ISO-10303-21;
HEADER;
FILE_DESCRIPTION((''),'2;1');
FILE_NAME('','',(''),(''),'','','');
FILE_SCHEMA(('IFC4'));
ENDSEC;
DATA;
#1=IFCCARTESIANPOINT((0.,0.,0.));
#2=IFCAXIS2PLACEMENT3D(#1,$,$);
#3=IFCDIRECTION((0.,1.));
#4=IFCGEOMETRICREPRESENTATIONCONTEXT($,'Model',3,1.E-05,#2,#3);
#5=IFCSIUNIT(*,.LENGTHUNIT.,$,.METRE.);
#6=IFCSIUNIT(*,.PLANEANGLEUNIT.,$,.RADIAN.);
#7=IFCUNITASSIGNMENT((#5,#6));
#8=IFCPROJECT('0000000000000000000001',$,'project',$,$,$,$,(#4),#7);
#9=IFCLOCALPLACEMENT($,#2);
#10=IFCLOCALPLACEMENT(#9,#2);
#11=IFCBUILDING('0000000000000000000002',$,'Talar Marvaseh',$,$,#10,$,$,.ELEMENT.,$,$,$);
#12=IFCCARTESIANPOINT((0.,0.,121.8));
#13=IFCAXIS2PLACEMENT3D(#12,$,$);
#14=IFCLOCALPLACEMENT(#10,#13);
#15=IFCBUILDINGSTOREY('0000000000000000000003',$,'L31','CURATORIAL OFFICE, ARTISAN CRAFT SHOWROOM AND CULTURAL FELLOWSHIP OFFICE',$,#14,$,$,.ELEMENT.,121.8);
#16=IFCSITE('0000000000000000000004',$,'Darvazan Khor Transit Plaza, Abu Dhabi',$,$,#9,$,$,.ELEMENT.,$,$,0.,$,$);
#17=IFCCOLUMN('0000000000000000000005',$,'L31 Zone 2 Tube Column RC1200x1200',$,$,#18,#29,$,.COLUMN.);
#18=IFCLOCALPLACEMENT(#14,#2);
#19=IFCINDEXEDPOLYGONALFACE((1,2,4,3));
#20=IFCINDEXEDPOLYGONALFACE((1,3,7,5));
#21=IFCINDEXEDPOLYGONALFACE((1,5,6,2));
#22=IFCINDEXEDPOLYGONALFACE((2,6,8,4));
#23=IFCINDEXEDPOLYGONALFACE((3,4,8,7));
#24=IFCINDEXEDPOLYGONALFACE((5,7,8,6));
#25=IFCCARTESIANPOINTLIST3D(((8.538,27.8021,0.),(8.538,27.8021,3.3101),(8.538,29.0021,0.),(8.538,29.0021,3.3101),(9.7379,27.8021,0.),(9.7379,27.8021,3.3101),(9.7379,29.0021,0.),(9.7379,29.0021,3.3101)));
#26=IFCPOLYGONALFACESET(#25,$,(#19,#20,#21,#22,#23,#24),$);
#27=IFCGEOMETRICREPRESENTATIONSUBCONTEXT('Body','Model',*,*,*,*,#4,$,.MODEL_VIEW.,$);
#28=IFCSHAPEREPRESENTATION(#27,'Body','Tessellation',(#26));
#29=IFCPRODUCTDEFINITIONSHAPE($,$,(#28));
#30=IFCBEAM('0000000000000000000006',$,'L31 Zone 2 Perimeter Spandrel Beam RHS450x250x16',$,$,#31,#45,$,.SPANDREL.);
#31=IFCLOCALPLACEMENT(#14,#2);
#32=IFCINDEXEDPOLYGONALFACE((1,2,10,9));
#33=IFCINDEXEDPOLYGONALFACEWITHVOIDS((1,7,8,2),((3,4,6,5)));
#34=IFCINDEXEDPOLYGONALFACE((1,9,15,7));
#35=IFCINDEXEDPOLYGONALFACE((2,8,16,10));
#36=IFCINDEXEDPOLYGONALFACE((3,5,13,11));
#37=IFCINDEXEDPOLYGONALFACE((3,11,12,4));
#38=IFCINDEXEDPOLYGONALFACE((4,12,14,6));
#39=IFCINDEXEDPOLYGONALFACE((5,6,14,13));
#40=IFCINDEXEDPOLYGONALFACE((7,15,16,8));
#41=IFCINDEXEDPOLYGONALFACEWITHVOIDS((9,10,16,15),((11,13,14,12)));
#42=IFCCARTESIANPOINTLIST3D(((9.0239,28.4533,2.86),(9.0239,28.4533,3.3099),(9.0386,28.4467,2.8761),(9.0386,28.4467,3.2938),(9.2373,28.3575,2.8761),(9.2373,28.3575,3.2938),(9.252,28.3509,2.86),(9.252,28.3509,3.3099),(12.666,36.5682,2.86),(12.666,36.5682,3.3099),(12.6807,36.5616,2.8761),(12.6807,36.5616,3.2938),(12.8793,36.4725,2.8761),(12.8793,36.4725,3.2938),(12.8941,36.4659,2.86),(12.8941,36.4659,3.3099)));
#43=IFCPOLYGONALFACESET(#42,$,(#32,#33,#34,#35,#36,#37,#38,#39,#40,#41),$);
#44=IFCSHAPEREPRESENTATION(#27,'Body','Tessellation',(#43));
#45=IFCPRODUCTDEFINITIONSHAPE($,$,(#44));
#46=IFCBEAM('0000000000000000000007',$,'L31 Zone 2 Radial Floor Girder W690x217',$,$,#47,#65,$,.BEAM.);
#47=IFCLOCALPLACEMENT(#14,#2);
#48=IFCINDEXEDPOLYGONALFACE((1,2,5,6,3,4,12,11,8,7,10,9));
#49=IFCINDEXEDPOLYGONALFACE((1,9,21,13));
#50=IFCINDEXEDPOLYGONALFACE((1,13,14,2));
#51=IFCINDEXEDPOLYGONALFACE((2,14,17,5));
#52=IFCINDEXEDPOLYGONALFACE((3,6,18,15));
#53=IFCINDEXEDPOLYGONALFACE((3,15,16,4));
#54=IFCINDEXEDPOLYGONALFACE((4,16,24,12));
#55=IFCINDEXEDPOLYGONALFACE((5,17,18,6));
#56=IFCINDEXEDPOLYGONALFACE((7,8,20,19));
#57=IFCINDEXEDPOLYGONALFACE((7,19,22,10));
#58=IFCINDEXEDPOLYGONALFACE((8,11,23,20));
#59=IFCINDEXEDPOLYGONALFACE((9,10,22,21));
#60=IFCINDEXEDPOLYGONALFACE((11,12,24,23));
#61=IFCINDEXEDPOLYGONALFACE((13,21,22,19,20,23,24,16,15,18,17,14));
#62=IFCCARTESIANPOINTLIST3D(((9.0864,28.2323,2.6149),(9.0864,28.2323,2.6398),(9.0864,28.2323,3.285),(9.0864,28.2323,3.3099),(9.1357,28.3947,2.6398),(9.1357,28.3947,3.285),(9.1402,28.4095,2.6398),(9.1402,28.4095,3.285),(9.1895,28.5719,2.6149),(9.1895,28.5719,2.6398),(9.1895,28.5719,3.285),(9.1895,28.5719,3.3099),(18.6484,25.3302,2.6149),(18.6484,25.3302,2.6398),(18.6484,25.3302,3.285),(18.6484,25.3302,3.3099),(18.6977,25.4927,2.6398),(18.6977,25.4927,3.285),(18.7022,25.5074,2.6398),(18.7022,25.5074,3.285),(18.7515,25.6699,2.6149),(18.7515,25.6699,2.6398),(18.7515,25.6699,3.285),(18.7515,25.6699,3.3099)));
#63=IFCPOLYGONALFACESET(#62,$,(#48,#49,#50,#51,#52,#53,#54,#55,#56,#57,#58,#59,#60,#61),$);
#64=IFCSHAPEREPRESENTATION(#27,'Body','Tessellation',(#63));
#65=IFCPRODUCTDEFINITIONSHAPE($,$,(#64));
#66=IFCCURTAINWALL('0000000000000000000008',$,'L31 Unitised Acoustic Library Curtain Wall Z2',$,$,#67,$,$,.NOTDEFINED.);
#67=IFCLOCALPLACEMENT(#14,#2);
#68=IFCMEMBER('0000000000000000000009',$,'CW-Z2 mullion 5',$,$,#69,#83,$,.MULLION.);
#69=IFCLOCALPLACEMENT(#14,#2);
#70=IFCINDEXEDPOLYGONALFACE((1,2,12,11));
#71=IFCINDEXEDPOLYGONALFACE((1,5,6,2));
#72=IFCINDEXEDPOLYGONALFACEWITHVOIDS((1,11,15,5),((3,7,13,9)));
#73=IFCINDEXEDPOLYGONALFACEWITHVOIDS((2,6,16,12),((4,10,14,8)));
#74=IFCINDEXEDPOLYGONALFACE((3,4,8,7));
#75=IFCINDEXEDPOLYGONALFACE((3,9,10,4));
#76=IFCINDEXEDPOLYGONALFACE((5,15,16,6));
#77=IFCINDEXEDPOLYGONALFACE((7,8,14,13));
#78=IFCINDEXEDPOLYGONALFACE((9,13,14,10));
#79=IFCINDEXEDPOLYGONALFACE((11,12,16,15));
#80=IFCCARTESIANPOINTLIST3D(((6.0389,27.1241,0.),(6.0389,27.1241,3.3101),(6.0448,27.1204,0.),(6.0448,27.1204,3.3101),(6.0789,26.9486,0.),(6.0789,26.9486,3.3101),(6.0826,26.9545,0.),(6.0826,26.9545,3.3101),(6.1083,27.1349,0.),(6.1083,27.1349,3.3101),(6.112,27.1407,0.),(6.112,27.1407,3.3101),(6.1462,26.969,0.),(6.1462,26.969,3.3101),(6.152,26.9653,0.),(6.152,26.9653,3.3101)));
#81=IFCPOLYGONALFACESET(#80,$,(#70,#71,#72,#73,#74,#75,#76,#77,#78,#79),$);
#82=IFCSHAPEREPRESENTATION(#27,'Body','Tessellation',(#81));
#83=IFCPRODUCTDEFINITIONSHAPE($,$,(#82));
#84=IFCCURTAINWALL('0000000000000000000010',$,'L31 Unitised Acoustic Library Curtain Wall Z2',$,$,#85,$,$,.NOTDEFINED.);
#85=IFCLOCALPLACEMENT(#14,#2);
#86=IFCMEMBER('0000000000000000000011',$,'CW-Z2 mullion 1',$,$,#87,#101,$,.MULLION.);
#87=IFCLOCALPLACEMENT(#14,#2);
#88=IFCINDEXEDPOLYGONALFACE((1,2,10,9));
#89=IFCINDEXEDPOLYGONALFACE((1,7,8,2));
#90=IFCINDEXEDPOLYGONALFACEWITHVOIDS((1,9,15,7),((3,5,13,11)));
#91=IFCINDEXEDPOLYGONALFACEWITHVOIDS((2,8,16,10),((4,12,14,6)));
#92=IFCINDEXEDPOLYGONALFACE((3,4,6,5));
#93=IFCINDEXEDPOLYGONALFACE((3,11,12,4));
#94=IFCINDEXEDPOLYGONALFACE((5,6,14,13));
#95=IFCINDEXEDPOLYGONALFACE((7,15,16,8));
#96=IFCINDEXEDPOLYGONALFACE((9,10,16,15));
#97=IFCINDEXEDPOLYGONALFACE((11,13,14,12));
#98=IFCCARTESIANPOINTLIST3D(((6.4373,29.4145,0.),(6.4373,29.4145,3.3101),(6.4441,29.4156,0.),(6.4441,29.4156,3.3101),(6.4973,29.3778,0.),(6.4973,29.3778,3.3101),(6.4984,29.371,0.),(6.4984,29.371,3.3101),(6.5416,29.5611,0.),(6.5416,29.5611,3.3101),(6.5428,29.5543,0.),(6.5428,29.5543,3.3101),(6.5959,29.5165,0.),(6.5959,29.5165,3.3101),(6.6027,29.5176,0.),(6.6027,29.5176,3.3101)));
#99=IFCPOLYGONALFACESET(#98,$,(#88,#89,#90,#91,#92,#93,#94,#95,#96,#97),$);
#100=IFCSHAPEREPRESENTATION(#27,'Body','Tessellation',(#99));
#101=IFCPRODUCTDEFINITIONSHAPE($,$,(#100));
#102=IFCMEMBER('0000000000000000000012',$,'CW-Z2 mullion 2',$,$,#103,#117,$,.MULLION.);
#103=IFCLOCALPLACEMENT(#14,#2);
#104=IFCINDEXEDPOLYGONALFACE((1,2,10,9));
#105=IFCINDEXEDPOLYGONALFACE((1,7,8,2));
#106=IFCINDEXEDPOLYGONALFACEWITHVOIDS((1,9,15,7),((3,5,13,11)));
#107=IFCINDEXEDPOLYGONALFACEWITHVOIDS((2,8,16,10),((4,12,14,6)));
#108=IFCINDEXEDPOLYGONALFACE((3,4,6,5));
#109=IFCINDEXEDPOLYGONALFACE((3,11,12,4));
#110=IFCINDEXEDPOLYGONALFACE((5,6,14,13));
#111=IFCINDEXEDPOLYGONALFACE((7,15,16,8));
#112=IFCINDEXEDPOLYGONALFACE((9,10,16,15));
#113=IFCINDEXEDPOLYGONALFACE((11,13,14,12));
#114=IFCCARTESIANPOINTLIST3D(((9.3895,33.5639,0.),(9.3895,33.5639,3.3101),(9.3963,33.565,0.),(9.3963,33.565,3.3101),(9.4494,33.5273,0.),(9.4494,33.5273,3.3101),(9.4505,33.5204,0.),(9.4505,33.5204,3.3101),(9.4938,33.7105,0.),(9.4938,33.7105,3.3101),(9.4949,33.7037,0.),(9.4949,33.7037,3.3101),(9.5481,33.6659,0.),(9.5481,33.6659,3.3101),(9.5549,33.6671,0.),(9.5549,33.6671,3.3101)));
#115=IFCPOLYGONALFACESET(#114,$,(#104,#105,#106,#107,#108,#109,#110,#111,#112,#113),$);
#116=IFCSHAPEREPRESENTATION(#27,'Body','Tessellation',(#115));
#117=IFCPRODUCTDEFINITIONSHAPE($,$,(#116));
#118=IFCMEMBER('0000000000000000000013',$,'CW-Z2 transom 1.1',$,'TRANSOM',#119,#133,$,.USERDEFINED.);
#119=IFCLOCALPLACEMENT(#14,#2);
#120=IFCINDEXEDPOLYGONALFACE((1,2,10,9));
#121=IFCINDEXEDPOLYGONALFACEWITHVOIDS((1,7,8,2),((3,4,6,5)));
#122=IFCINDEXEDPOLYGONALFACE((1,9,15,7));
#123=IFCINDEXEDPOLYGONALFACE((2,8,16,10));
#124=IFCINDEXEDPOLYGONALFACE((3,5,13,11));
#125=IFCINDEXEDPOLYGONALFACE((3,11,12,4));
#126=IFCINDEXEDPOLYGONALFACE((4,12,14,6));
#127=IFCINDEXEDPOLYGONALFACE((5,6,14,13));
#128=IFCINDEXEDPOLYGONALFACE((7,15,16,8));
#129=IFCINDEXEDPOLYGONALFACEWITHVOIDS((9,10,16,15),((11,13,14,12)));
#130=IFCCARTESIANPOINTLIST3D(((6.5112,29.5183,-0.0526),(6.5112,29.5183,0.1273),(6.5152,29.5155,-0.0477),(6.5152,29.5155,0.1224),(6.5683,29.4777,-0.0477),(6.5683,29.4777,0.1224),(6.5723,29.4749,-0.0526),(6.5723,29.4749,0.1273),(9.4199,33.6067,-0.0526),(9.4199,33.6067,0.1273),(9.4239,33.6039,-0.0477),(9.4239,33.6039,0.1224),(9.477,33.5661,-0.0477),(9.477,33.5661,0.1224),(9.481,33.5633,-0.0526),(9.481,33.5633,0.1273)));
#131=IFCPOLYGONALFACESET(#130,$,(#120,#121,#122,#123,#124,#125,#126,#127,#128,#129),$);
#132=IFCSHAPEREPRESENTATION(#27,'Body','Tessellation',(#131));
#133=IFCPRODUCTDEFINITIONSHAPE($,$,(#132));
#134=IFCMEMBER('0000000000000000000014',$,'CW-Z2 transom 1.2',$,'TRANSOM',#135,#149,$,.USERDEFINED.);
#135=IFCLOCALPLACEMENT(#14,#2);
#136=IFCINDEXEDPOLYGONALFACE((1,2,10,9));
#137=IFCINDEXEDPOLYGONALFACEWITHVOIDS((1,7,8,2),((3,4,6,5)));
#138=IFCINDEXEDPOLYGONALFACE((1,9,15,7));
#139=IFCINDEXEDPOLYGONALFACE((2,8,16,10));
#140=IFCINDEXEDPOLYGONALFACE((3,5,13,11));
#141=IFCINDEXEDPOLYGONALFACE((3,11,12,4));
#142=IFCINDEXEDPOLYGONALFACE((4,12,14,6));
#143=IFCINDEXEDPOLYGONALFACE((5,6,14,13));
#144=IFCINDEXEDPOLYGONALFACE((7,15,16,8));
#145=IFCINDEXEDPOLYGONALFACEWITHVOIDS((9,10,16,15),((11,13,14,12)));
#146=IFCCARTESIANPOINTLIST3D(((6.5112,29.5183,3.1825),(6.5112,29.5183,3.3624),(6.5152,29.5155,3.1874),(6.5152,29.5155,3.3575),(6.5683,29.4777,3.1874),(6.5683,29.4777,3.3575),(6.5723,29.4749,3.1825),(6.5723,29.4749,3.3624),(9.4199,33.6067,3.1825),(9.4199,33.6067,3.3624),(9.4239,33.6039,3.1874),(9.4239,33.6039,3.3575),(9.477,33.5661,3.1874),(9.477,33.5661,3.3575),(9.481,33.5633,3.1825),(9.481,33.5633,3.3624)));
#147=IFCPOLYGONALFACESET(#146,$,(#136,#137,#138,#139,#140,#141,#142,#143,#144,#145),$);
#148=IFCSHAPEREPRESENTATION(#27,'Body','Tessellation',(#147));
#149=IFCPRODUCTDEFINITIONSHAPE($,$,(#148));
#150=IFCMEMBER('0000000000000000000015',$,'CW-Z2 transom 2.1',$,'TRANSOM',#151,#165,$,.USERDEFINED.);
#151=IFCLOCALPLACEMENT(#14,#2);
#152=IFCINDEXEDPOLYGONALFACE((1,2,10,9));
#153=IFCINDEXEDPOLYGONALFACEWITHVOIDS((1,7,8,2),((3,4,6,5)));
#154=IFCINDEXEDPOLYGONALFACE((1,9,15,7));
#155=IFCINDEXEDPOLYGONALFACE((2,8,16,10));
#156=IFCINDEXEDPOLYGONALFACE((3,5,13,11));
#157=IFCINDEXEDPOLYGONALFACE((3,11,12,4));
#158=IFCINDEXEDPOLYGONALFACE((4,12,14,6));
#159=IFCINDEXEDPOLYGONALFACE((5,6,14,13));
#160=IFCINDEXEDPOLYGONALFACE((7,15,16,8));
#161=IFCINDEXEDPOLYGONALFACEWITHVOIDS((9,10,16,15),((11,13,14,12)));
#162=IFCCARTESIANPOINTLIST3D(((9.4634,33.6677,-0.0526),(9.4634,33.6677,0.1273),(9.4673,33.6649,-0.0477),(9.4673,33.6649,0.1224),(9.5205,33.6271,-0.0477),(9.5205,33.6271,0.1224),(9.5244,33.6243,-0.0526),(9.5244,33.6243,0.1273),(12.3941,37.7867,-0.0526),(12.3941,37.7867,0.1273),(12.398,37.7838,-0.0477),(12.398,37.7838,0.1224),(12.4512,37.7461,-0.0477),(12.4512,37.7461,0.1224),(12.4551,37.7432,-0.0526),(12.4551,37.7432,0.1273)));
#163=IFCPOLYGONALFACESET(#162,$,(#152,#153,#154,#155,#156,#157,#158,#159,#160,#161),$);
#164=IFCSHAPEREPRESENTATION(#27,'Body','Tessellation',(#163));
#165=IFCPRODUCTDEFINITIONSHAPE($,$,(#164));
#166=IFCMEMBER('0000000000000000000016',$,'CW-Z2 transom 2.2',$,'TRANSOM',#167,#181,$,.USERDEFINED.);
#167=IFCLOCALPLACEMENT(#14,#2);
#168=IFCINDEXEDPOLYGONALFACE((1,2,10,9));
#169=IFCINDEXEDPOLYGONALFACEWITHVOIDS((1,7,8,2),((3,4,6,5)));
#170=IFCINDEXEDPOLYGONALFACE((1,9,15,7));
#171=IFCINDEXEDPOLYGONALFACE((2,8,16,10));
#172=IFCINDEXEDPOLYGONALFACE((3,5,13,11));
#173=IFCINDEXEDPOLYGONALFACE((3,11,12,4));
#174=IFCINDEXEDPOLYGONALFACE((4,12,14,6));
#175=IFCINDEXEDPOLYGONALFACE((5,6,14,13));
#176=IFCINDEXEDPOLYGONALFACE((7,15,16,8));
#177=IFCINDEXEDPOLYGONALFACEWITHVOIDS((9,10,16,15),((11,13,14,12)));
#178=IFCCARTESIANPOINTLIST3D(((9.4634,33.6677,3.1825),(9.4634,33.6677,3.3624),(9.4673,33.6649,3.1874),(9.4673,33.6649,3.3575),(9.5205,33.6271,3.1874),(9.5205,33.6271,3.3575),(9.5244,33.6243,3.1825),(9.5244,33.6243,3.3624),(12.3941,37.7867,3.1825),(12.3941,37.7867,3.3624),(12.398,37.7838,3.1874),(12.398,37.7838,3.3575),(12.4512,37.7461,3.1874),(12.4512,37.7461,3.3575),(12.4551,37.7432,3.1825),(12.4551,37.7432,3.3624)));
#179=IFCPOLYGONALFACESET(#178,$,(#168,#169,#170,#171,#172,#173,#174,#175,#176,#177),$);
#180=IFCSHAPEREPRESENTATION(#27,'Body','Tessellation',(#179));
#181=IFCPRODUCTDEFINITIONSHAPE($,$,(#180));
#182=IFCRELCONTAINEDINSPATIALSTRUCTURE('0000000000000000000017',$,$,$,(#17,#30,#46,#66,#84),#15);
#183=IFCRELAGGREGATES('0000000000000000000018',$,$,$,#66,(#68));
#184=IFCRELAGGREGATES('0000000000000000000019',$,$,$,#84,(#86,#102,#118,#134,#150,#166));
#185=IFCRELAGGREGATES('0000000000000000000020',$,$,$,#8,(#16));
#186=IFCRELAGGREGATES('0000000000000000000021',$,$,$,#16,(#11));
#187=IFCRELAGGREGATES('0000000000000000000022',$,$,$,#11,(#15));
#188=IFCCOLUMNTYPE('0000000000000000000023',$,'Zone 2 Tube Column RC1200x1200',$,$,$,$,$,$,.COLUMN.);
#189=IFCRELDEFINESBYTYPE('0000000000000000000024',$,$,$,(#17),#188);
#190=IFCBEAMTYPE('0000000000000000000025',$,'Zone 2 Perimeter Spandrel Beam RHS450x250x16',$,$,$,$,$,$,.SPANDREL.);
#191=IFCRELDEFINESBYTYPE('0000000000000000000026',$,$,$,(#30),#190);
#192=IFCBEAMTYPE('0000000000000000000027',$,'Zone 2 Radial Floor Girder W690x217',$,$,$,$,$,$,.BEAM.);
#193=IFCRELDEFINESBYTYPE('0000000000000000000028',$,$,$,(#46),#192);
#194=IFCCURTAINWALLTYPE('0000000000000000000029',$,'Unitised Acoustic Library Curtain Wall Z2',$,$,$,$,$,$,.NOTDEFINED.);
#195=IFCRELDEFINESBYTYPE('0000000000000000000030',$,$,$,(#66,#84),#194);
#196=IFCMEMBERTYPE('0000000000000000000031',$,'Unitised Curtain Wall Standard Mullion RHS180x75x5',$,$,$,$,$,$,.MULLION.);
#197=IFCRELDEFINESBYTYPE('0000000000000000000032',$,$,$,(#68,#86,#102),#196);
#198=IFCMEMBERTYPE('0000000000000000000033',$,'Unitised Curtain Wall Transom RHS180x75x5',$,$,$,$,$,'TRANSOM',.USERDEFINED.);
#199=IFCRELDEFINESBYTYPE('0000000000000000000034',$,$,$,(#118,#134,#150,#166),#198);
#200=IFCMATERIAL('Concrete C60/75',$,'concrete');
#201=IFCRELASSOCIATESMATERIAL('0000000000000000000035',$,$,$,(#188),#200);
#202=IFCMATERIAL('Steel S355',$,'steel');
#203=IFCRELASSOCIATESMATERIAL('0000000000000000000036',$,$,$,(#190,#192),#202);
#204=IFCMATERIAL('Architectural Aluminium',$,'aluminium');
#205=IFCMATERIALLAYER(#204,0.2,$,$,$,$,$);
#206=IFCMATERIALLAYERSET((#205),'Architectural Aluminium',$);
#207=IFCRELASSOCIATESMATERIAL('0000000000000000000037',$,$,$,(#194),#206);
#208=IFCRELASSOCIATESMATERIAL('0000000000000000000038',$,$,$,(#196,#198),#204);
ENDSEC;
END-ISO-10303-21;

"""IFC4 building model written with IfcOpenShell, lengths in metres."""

from ifc_helpers import new_model, si_unit, direction, frame, origin, origin_2d, place, context, subcontext, project, spatial, rectangle, hollow_rectangle, i_section, extrude, source, transform, mapped, material, layer, layer_set, material_profile, profile_set, type_object, type_shapes, element, aggregate, save


model = new_model("IFC4")

# Units and contexts
model_context = context("Model", 3, precision=1e-05, world=origin(), true_north=direction((0.0, 1.0)))
body_context = subcontext(model_context, "Body", "Model", "MODEL_VIEW")
ifc_project = project(units=[si_unit("LENGTHUNIT", "METRE"), si_unit("PLANEANGLEUNIT", "RADIAN")], contexts=[model_context])

# Site, building, storey
site_placement = place(None, origin())
site = spatial("IfcSite", under=ifc_project, at=site_placement, Name="Darvazan Khor Transit Plaza, Abu Dhabi", CompositionType="ELEMENT", RefElevation=0.0)
building_placement = place(site_placement, origin())
building = spatial("IfcBuilding", under=site, at=building_placement, Name="Talar Marvaseh", CompositionType="ELEMENT")
storey_placement = place(building_placement, frame((0.0, 0.0, 121.8)))
storey = spatial("IfcBuildingStorey", under=building, at=storey_placement, Name="L31", Description="CURATORIAL OFFICE, ARTISAN CRAFT SHOWROOM AND CULTURAL FELLOWSHIP OFFICE", CompositionType="ELEMENT", Elevation=121.8)

# Column
ifc_material_1 = material(Name="Concrete C60/75", Category="concrete")
ifc_material_profile_1 = material_profile(ifc_material_1, rectangle(XDim=1.2, YDim=1.2, at=origin_2d()), Name="RC1200x1200")
ifc_profile_set_1 = profile_set([ifc_material_profile_1], Name="Concrete C60/75")
column_type = type_object("IfcColumnType", Name="Zone 2 Tube Column RC1200x1200", PredefinedType="COLUMN", material=ifc_profile_set_1)
column_placement = place(storey_placement, frame((9.1379, 28.4021, 0.0), z_axis=(0.0, 0.0, 1.0), x_axis=(1.0, 0.0, 0.0)))
element("IfcColumn", 1, at=column_placement, inside=storey, type_object=column_type, Name="L31 Zone 2 Tube Column RC1200x1200", PredefinedType="COLUMN", context=body_context, shape_type="SweptSolid", body=[
    extrude(rectangle(XDim=1.2, YDim=1.2, at=origin_2d()), origin(), (0.0, 0.0, 1.0), 3.3101),
])

# Beams
ifc_material_2 = material(Name="Steel S355", Category="steel")
ifc_material_profile_2 = material_profile(ifc_material_2, hollow_rectangle(XDim=0.25, YDim=0.45, WallThickness=0.0161, at=origin_2d()), Name="RHS450x250x16")
ifc_profile_set_2 = profile_set([ifc_material_profile_2], Name="Steel S355")
beam_type_1 = type_object("IfcBeamType", Name="Zone 2 Perimeter Spandrel Beam RHS450x250x16", PredefinedType="SPANDREL", material=ifc_profile_set_2)
beam_1_placement = place(storey_placement, frame((9.1379, 28.4021, 3.085), z_axis=(0.409462, 0.912327, 0.0), x_axis=(-0.912327, 0.409462, 0.0)))
element("IfcBeam", 2, at=beam_1_placement, inside=storey, type_object=beam_type_1, Name="L31 Zone 2 Perimeter Spandrel Beam RHS450x250x16", PredefinedType="SPANDREL", context=body_context, shape_type="SweptSolid", body=[
    extrude(hollow_rectangle(XDim=0.25, YDim=0.45, WallThickness=0.0161, at=origin_2d()), origin(), (0.0, 0.0, 1.0), 8.8948),
])
ifc_material_profile_3 = material_profile(ifc_material_2, i_section(OverallWidth=0.355, OverallDepth=0.6951, WebThickness=0.0154, FlangeThickness=0.0249, at=origin_2d()), Name="W690x217")
ifc_profile_set_3 = profile_set([ifc_material_profile_3], Name="Steel S355")
beam_type_2 = type_object("IfcBeamType", Name="Zone 2 Radial Floor Girder W690x217", PredefinedType="BEAM", material=ifc_profile_set_3)
beam_2_placement = place(storey_placement, frame((9.1379, 28.4021, 2.9624), z_axis=(0.956899, -0.290422, 0.0), x_axis=(0.290422, 0.956899, 0.0)))
element("IfcBeam", 3, at=beam_2_placement, inside=storey, type_object=beam_type_2, Name="L31 Zone 2 Radial Floor Girder W690x217", PredefinedType="BEAM", context=body_context, shape_type="SweptSolid", body=[
    extrude(i_section(OverallWidth=0.355, OverallDepth=0.6951, WebThickness=0.0154, FlangeThickness=0.0249, at=origin_2d()), origin(), (0.0, 0.0, 1.0), 9.9927),
])

# Curtain wall, member
ifc_material_3 = material(Name="Architectural Aluminium", Category="aluminium")
ifc_layer_1 = layer(ifc_material_3, 0.2)
ifc_layer_set_1 = layer_set([ifc_layer_1], Name="Architectural Aluminium")
curtain_wall_type = type_object("IfcCurtainWallType", Name="Unitised Acoustic Library Curtain Wall Z2", PredefinedType="NOTDEFINED", material=ifc_layer_set_1)
curtain_wall_1_placement = place(storey_placement, origin())
curtain_wall_1 = element("IfcCurtainWall", 4, at=curtain_wall_1_placement, inside=storey, type_object=curtain_wall_type, Name="L31 Unitised Acoustic Library Curtain Wall Z2", PredefinedType="NOTDEFINED")
ifc_material_profile_4 = material_profile(ifc_material_3, hollow_rectangle(XDim=0.075, YDim=0.1799, WallThickness=0.0049, at=origin_2d()), Name="RHS180x75x5")
ifc_profile_set_4 = profile_set([ifc_material_profile_4], Name="Architectural Aluminium")
member_type_1 = type_object("IfcMemberType", Name="Unitised Curtain Wall Standard Mullion RHS180x75x5", PredefinedType="MULLION", material=ifc_profile_set_4)
shared_shape_1 = source(origin(), body_context, "Body", "SweptSolid", [
    extrude(hollow_rectangle(XDim=0.075, YDim=0.1799, WallThickness=0.0049, at=origin_2d()), origin(), (0.0, 0.0, 1.0), 3.3101),
])
type_shapes(member_type_1, [shared_shape_1])
member_1_placement = place(storey_placement, frame((6.0955, 27.0447, 0.0), z_axis=(0.0, 0.0, 1.0), x_axis=(-0.97497, -0.222335, 0.0)))
member_1 = element("IfcMember", 5, at=member_1_placement, type_object=member_type_1, Name="CW-Z2 mullion 5", PredefinedType="MULLION", context=body_context, shape_type="MappedRepresentation", body=[
    mapped(shared_shape_1, transform((0.0, 0.0, 0.0), x_axis=(1.0, 0.0, 0.0), y_axis=(0.0, 1.0, 0.0), z_axis=(0.0, 0.0, 1.0), scale=1.0)),
])
aggregate(curtain_wall_1, [member_1])

# Curtain wall, members
curtain_wall_2_placement = place(storey_placement, origin())
curtain_wall_2 = element("IfcCurtainWall", 6, at=curtain_wall_2_placement, inside=storey, type_object=curtain_wall_type, Name="L31 Unitised Acoustic Library Curtain Wall Z2", PredefinedType="NOTDEFINED")
member_2_placement = place(storey_placement, frame((6.52, 29.4661, 0.0), z_axis=(0.0, 0.0, 1.0), x_axis=(-0.814804, 0.579737, 0.0)))
member_2 = element("IfcMember", 7, at=member_2_placement, type_object=member_type_1, Name="CW-Z2 mullion 1", PredefinedType="MULLION", context=body_context, shape_type="MappedRepresentation", body=[
    mapped(shared_shape_1, transform((0.0, 0.0, 0.0), x_axis=(1.0, 0.0, 0.0), y_axis=(0.0, 1.0, 0.0), z_axis=(0.0, 0.0, 1.0), scale=1.0)),
])
member_3_placement = place(storey_placement, frame((9.4722, 33.6155, 0.0), z_axis=(0.0, 0.0, 1.0), x_axis=(-0.814804, 0.579737, 0.0)))
member_3 = element("IfcMember", 8, at=member_3_placement, type_object=member_type_1, Name="CW-Z2 mullion 2", PredefinedType="MULLION", context=body_context, shape_type="MappedRepresentation", body=[
    mapped(shared_shape_1, transform((0.0, 0.0, 0.0), x_axis=(1.0, 0.0, 0.0), y_axis=(0.0, 1.0, 0.0), z_axis=(0.0, 0.0, 1.0), scale=1.0)),
])
ifc_material_profile_5 = material_profile(ifc_material_3, hollow_rectangle(XDim=0.075, YDim=0.1799, WallThickness=0.0049, at=origin_2d()), Name="RHS180x75x5")
ifc_profile_set_5 = profile_set([ifc_material_profile_5], Name="Architectural Aluminium")
member_type_2 = type_object("IfcMemberType", Name="Unitised Curtain Wall Transom RHS180x75x5", ElementType="TRANSOM", PredefinedType="USERDEFINED", material=ifc_profile_set_5)
shared_shape_2 = source(origin(), body_context, "Body", "SweptSolid", [
    extrude(hollow_rectangle(XDim=0.075, YDim=0.1799, WallThickness=0.0049, at=origin_2d()), origin(), (0.0, 0.0, 1.0), 5.0176),
])
member_4_placement = place(storey_placement, frame((6.5417, 29.4966, 0.0374), z_axis=(0.579709, 0.814824, 0.0), x_axis=(-0.814824, 0.579709, 0.0)))
member_4 = element("IfcMember", 9, at=member_4_placement, type_object=member_type_2, Name="CW-Z2 transom 1.1", ObjectType="TRANSOM", PredefinedType="USERDEFINED", context=body_context, shape_type="MappedRepresentation", body=[
    mapped(shared_shape_2, transform((0.0, 0.0, 0.0), x_axis=(1.0, 0.0, 0.0), y_axis=(0.0, 1.0, 0.0), z_axis=(0.0, 0.0, 1.0), scale=1.0)),
])
member_5_placement = place(storey_placement, frame((6.5417, 29.4966, 3.2725), z_axis=(0.579709, 0.814824, 0.0), x_axis=(-0.814824, 0.579709, 0.0)))
member_5 = element("IfcMember", 10, at=member_5_placement, type_object=member_type_2, Name="CW-Z2 transom 1.2", ObjectType="TRANSOM", PredefinedType="USERDEFINED", context=body_context, shape_type="MappedRepresentation", body=[
    mapped(shared_shape_2, transform((0.0, 0.0, 0.0), x_axis=(1.0, 0.0, 0.0), y_axis=(0.0, 1.0, 0.0), z_axis=(0.0, 0.0, 1.0), scale=1.0)),
])
shared_shape_3 = source(origin(), body_context, "Body", "SweptSolid", [
    extrude(hollow_rectangle(XDim=0.075, YDim=0.1799, WallThickness=0.0049, at=origin_2d()), origin(), (0.0, 0.0, 1.0), 5.0552),
])
type_shapes(member_type_2, [shared_shape_2, shared_shape_3])
member_6_placement = place(storey_placement, frame((9.4939, 33.646, 0.0374), z_axis=(0.579743, 0.814799, 0.0), x_axis=(-0.814799, 0.579743, 0.0)))
member_6 = element("IfcMember", 11, at=member_6_placement, type_object=member_type_2, Name="CW-Z2 transom 2.1", ObjectType="TRANSOM", PredefinedType="USERDEFINED", context=body_context, shape_type="MappedRepresentation", body=[
    mapped(shared_shape_3, transform((0.0, 0.0, 0.0), x_axis=(1.0, 0.0, 0.0), y_axis=(0.0, 1.0, 0.0), z_axis=(0.0, 0.0, 1.0), scale=1.0)),
])
member_7_placement = place(storey_placement, frame((9.4939, 33.646, 3.2725), z_axis=(0.579743, 0.814799, 0.0), x_axis=(-0.814799, 0.579743, 0.0)))
member_7 = element("IfcMember", 12, at=member_7_placement, type_object=member_type_2, Name="CW-Z2 transom 2.2", ObjectType="TRANSOM", PredefinedType="USERDEFINED", context=body_context, shape_type="MappedRepresentation", body=[
    mapped(shared_shape_3, transform((0.0, 0.0, 0.0), x_axis=(1.0, 0.0, 0.0), y_axis=(0.0, 1.0, 0.0), z_axis=(0.0, 0.0, 1.0), scale=1.0)),
])
aggregate(curtain_wall_2, [member_2, member_3, member_4, member_5, member_6, member_7])

save(model, "model.ifc")
